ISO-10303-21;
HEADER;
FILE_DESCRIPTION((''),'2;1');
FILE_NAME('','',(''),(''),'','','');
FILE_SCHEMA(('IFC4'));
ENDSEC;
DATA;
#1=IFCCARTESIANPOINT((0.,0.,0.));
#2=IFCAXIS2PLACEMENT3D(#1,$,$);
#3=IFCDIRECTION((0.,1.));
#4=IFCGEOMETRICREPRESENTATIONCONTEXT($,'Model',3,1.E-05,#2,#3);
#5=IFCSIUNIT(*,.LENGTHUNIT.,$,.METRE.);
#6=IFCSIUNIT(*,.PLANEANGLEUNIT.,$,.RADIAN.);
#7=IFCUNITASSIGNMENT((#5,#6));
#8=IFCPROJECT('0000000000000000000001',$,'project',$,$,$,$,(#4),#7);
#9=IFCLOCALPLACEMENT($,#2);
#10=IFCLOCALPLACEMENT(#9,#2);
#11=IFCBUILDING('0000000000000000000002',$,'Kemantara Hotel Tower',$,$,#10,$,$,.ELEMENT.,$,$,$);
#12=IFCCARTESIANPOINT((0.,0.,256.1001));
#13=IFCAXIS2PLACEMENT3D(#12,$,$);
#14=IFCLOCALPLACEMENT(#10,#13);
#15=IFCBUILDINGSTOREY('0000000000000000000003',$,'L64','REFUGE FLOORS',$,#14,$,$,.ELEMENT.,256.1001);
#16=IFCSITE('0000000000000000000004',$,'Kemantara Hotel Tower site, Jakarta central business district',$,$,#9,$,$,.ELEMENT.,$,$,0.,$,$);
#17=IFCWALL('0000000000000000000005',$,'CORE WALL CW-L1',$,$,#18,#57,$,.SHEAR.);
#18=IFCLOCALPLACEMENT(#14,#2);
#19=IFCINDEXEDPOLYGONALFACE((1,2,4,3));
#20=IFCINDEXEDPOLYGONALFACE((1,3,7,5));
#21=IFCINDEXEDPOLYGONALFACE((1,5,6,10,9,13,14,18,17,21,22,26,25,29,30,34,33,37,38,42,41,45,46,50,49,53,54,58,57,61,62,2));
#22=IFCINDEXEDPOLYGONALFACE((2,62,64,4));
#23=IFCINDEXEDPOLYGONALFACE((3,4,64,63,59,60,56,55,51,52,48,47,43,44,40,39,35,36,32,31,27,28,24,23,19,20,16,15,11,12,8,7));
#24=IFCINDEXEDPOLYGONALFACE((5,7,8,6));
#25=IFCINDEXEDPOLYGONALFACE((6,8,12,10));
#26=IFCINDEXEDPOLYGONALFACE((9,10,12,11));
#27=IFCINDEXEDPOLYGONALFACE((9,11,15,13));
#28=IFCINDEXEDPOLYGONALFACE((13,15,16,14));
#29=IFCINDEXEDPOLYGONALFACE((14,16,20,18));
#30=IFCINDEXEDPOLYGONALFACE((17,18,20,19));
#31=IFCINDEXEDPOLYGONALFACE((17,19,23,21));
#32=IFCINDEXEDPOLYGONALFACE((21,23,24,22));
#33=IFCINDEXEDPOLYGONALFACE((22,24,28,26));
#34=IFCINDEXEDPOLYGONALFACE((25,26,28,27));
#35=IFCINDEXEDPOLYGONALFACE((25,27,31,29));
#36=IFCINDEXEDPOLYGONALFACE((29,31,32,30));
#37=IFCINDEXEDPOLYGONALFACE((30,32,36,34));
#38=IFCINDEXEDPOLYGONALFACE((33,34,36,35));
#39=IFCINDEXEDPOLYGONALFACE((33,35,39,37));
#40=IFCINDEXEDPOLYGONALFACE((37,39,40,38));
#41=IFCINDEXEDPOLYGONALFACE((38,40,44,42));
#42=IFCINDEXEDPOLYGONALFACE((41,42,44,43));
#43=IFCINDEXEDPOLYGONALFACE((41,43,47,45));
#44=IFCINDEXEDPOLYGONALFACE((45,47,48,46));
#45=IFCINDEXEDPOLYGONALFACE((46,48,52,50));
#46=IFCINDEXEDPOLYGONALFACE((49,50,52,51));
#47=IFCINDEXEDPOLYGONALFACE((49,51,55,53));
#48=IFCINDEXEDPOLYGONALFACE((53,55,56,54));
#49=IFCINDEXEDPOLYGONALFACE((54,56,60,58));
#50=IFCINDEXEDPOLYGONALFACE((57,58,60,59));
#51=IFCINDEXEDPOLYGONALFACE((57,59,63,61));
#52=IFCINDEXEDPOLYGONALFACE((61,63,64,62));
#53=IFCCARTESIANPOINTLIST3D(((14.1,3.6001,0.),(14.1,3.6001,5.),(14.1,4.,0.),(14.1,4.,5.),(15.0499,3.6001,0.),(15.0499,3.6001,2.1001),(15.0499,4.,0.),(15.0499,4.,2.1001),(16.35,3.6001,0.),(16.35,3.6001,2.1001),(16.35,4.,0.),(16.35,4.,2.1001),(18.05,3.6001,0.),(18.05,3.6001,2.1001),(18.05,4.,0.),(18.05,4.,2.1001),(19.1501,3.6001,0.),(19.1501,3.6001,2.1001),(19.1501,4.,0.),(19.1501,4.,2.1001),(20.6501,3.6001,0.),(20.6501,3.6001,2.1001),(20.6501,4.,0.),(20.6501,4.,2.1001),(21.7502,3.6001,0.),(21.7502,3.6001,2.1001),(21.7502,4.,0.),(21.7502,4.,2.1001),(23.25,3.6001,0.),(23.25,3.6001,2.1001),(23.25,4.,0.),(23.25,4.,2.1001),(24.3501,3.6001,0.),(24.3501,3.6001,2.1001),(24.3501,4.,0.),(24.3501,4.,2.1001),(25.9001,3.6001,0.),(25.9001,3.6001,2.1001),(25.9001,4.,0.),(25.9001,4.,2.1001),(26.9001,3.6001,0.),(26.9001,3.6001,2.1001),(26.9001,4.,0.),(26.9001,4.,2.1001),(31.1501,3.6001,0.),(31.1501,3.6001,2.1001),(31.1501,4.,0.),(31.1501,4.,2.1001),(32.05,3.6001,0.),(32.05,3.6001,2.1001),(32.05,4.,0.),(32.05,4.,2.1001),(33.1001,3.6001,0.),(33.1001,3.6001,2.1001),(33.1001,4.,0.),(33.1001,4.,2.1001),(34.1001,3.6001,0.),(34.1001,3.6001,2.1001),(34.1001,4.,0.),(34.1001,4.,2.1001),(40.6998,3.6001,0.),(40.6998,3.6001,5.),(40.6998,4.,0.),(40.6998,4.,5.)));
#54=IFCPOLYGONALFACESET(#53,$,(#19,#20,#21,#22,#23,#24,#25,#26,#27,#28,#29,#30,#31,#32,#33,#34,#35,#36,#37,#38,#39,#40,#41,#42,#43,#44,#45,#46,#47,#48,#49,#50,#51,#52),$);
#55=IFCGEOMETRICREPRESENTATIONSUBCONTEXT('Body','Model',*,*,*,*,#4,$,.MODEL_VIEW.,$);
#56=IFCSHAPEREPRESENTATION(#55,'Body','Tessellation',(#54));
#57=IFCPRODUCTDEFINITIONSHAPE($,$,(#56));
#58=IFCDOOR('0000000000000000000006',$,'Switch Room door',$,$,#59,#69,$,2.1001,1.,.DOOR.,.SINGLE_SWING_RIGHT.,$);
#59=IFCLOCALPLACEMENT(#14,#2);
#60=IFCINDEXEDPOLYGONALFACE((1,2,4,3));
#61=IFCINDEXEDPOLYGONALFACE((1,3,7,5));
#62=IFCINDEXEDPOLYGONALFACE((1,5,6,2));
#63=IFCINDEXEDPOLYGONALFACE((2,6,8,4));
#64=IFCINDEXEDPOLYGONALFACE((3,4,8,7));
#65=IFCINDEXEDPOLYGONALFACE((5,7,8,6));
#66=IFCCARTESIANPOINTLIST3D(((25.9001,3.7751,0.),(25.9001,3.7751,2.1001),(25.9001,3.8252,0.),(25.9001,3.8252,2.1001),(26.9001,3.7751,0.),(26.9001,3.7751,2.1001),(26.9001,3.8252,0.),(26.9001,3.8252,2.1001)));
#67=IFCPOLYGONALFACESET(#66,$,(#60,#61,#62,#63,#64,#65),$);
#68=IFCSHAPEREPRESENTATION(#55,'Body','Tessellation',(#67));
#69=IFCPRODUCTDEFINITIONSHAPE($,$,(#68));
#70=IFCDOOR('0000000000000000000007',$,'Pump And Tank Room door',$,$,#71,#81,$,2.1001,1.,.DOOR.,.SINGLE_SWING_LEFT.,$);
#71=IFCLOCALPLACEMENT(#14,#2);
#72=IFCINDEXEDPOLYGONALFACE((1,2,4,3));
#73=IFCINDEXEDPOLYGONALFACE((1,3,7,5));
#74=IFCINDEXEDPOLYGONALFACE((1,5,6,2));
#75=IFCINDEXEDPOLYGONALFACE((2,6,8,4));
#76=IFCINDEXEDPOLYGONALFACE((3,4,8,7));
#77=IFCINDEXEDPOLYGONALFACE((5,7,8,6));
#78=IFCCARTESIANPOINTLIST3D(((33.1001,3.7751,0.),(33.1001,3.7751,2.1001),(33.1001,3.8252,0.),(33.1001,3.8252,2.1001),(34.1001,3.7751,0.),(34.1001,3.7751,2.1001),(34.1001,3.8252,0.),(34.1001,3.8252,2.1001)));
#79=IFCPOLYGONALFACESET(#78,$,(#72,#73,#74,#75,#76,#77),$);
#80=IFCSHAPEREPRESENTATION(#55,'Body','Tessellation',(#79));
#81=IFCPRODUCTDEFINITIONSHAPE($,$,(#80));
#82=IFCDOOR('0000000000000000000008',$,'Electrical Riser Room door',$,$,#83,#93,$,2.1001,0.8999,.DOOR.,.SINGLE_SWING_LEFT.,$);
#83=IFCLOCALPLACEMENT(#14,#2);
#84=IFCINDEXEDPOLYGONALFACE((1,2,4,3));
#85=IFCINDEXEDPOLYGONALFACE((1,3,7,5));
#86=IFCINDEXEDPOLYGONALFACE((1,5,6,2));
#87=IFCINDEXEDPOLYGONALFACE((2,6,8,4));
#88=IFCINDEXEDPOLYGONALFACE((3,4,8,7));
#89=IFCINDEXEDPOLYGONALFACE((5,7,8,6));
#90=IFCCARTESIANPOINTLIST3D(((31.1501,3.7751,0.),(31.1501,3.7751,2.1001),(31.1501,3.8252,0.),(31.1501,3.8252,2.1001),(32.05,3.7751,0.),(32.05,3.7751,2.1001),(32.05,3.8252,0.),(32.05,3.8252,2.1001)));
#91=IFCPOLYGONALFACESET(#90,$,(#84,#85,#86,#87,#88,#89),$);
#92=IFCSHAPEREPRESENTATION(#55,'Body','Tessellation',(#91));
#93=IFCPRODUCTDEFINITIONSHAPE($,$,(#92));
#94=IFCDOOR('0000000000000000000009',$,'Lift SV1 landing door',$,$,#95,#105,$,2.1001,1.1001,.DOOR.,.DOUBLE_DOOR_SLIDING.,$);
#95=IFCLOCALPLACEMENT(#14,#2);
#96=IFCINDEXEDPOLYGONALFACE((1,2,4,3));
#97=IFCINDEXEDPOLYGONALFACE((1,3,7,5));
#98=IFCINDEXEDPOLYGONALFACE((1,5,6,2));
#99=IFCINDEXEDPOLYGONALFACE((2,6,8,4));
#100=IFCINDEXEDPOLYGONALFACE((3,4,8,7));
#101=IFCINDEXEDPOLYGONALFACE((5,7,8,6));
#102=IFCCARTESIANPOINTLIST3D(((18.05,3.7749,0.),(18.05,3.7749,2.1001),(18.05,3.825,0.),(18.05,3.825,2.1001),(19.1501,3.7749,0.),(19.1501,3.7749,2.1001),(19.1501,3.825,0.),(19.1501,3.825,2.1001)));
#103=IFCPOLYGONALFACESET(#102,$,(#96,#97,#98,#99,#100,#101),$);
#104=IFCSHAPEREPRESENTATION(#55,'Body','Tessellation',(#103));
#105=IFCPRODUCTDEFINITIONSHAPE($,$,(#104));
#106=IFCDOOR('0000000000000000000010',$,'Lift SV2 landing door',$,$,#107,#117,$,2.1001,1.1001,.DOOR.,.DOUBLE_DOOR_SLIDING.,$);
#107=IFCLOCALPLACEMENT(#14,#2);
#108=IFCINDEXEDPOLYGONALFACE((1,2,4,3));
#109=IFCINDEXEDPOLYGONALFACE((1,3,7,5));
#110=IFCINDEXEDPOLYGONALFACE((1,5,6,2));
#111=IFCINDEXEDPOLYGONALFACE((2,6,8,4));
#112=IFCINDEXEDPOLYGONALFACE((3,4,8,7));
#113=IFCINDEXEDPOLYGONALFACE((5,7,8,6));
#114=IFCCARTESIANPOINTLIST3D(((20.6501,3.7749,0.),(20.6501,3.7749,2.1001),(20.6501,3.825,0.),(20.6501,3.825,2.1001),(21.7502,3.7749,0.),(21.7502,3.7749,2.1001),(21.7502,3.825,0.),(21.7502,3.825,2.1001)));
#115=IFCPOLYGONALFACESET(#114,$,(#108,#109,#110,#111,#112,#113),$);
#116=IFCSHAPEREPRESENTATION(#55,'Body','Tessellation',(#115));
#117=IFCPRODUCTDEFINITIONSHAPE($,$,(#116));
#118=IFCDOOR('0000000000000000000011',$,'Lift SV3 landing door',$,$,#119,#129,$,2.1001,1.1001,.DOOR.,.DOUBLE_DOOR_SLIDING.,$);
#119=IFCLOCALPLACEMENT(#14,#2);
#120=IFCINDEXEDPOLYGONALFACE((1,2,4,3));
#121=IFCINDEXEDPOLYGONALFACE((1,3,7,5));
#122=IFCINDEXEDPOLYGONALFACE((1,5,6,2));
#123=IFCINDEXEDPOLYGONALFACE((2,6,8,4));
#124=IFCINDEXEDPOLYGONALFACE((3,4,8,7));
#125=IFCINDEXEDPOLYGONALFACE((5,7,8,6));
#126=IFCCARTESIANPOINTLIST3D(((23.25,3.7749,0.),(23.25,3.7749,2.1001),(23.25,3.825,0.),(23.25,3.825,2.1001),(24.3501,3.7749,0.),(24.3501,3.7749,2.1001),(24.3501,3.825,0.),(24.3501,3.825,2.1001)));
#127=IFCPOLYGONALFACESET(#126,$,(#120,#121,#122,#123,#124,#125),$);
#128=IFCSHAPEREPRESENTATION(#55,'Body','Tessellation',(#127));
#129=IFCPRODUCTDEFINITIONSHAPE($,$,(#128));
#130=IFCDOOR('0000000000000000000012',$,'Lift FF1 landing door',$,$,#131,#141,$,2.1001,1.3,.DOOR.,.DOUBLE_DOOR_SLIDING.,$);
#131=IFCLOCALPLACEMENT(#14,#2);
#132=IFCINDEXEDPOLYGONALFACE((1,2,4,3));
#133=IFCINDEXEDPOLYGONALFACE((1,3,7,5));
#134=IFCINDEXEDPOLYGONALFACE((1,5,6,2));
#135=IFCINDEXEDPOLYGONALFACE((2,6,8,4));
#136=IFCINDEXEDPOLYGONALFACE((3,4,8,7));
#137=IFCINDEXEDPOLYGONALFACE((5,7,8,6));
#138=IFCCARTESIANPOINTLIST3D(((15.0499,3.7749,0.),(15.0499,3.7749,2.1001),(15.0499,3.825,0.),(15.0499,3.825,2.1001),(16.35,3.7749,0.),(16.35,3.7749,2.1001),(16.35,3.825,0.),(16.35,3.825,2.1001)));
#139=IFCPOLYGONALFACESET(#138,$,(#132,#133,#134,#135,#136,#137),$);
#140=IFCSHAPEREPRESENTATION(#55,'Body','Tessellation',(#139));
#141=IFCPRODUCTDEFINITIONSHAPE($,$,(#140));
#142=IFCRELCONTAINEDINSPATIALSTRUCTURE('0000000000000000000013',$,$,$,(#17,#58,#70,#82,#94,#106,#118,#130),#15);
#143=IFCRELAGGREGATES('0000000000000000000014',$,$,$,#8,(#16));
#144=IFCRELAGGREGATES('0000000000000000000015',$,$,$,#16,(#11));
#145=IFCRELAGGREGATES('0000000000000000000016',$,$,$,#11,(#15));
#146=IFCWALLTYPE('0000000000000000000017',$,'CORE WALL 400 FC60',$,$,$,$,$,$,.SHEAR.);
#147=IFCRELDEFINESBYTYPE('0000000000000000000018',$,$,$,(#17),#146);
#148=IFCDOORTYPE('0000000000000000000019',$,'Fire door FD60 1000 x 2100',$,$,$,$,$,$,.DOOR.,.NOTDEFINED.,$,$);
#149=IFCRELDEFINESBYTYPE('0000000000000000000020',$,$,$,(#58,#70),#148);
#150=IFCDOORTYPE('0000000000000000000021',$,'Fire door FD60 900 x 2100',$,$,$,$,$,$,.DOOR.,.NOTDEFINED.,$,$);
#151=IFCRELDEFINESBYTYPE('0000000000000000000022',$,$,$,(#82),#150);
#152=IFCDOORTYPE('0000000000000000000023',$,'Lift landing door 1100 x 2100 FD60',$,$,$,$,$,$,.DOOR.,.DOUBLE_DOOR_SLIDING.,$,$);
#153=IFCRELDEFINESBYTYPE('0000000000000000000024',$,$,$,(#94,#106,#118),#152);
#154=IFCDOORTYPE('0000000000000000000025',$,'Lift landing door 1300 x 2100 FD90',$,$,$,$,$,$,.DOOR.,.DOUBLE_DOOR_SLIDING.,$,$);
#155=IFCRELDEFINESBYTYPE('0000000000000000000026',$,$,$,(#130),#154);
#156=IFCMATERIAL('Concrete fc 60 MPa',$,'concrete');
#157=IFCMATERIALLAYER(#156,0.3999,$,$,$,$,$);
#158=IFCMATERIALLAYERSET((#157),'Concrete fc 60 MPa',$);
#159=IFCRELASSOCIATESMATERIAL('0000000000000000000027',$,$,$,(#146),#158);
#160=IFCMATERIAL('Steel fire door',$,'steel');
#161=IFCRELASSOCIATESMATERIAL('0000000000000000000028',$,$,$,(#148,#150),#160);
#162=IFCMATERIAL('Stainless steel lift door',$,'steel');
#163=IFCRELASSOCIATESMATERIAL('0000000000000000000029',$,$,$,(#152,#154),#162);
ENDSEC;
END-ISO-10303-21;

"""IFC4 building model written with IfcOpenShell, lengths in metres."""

from ifc_helpers import new_model, si_unit, direction, frame, frame_2d, origin, place, context, subcontext, project, spatial, rectangle, extrude, material, layer, layer_set, type_object, element, fill, save


model = new_model("IFC4")

# Units and contexts
model_context = context("Model", 3, precision=1e-05, world=origin(), true_north=direction((0.0, 1.0)))
body_context = subcontext(model_context, "Body", "Model", "MODEL_VIEW")
ifc_project = project(units=[si_unit("LENGTHUNIT", "METRE"), si_unit("PLANEANGLEUNIT", "RADIAN")], contexts=[model_context])

# Site, building, storey
site_placement = place(None, origin())
site = spatial("IfcSite", under=ifc_project, at=site_placement, Name="Kemantara Hotel Tower site, Jakarta central business district", CompositionType="ELEMENT", RefElevation=0.0)
building_placement = place(site_placement, origin())
building = spatial("IfcBuilding", under=site, at=building_placement, Name="Kemantara Hotel Tower", CompositionType="ELEMENT")
storey_placement = place(building_placement, frame((0.0, 0.0, 256.1001)))
storey = spatial("IfcBuildingStorey", under=building, at=storey_placement, Name="L64", Description="REFUGE FLOORS", CompositionType="ELEMENT", Elevation=256.1001)

# Shared definitions
ifc_material_1 = material(Name="Concrete fc 60 MPa", Category="concrete")

# Wall, openings, doors
ifc_layer_1 = layer(ifc_material_1, 0.3999)
ifc_layer_set_1 = layer_set([ifc_layer_1], Name="Concrete fc 60 MPa")
wall_type_1 = type_object("IfcWallType", Name="CORE WALL 400 FC60", PredefinedType="SHEAR", material=ifc_layer_set_1)
ifc_material_2 = material(Name="Steel fire door", Category="steel")
door_type_1 = type_object("IfcDoorType", Name="Fire door FD60 1000 x 2100", OperationType="NOTDEFINED", PredefinedType="DOOR", material=ifc_material_2)
wall_1_placement = place(storey_placement, frame((14.1001, 3.8, 0.0), z_axis=(0.0, 0.0, 1.0), x_axis=(1.0, 0.0, 0.0)))
wall_1 = element("IfcWall", 1, at=wall_1_placement, inside=storey, type_object=wall_type_1, Name="CORE WALL CW-L1", PredefinedType="SHEAR", context=body_context, shape_type="SweptSolid", body=[
    extrude(rectangle(XDim=26.5999, YDim=0.3999, at=frame_2d((13.2998, 0.0))), origin(), (0.0, 0.0, 1.0), 5.0),
])
opening_1_placement = place(wall_1_placement, frame((0.95, 0.0, 0.0)))
opening_1 = element("IfcOpeningElement", 2, at=opening_1_placement, cuts=wall_1, PredefinedType="OPENING", context=body_context, shape_type="SweptSolid", body=[
    extrude(rectangle(XDim=1.3, YDim=2.1001, at=frame_2d((0.6499, 1.05))), frame((0.0, 0.21, 0.0), z_axis=(0.0, -1.0, 0.0), x_axis=(1.0, 0.0, 0.0)), (0.0, 0.0, 1.0), 0.4199),
])
opening_2_placement = place(wall_1_placement, frame((3.95, 0.0, 0.0)))
opening_2 = element("IfcOpeningElement", 3, at=opening_2_placement, cuts=wall_1, PredefinedType="OPENING", context=body_context, shape_type="SweptSolid", body=[
    extrude(rectangle(XDim=1.1001, YDim=2.1001, at=frame_2d((0.55, 1.05))), frame((0.0, 0.21, 0.0), z_axis=(0.0, -1.0, 0.0), x_axis=(1.0, 0.0, 0.0)), (0.0, 0.0, 1.0), 0.4199),
])
opening_3_placement = place(wall_1_placement, frame((6.55, 0.0, 0.0)))
opening_3 = element("IfcOpeningElement", 4, at=opening_3_placement, cuts=wall_1, PredefinedType="OPENING", context=body_context, shape_type="SweptSolid", body=[
    extrude(rectangle(XDim=1.1001, YDim=2.1001, at=frame_2d((0.55, 1.05))), frame((0.0, 0.21, 0.0), z_axis=(0.0, -1.0, 0.0), x_axis=(1.0, 0.0, 0.0)), (0.0, 0.0, 1.0), 0.4199),
])
opening_4_placement = place(wall_1_placement, frame((9.1499, 0.0, 0.0)))
opening_4 = element("IfcOpeningElement", 5, at=opening_4_placement, cuts=wall_1, PredefinedType="OPENING", context=body_context, shape_type="SweptSolid", body=[
    extrude(rectangle(XDim=1.1001, YDim=2.1001, at=frame_2d((0.55, 1.05))), frame((0.0, 0.21, 0.0), z_axis=(0.0, -1.0, 0.0), x_axis=(1.0, 0.0, 0.0)), (0.0, 0.0, 1.0), 0.4199),
])
opening_5_placement = place(wall_1_placement, frame((11.8, 0.0, 0.0)))
opening_5 = element("IfcOpeningElement", 6, at=opening_5_placement, cuts=wall_1, PredefinedType="OPENING", context=body_context, shape_type="SweptSolid", body=[
    extrude(rectangle(XDim=1.0, YDim=2.1001, at=frame_2d((0.5, 1.05))), frame((0.0, 0.21, 0.0), z_axis=(0.0, -1.0, 0.0), x_axis=(1.0, 0.0, 0.0)), (0.0, 0.0, 1.0), 0.4199),
])
opening_6_placement = place(wall_1_placement, frame((17.05, 0.0, 0.0)))
opening_6 = element("IfcOpeningElement", 7, at=opening_6_placement, cuts=wall_1, PredefinedType="OPENING", context=body_context, shape_type="SweptSolid", body=[
    extrude(rectangle(XDim=0.8999, YDim=2.1001, at=frame_2d((0.45, 1.05))), frame((0.0, 0.21, 0.0), z_axis=(0.0, -1.0, 0.0), x_axis=(1.0, 0.0, 0.0)), (0.0, 0.0, 1.0), 0.4199),
])
opening_7_placement = place(wall_1_placement, frame((19.0, 0.0, 0.0)))
opening_7 = element("IfcOpeningElement", 8, at=opening_7_placement, cuts=wall_1, PredefinedType="OPENING", context=body_context, shape_type="SweptSolid", body=[
    extrude(rectangle(XDim=1.0, YDim=2.1001, at=frame_2d((0.5, 1.05))), frame((0.0, 0.21, 0.0), z_axis=(0.0, -1.0, 0.0), x_axis=(1.0, 0.0, 0.0)), (0.0, 0.0, 1.0), 0.4199),
])
door_1_placement = place(opening_5_placement, frame((1.0, 0.0, 0.0), z_axis=(0.0, 0.0, 1.0), x_axis=(-1.0, 0.0, 0.0)))
door_1 = element("IfcDoor", 9, at=door_1_placement, inside=storey, type_object=door_type_1, Name="Switch Room door", OperationType="SINGLE_SWING_RIGHT", OverallHeight=2.1001, OverallWidth=1.0, PredefinedType="DOOR", context=body_context, shape_type="SweptSolid", body=[
    extrude(rectangle(XDim=1.0, YDim=2.1001, at=frame_2d((0.5, 1.05))), frame((0.0, 0.0249, 0.0), z_axis=(0.0, -1.0, 0.0), x_axis=(1.0, 0.0, 0.0)), (0.0, 0.0, 1.0), 0.05),
])
fill(opening_5, door_1)
door_2_placement = place(opening_7_placement, frame((1.0, 0.0, 0.0), z_axis=(0.0, 0.0, 1.0), x_axis=(-1.0, 0.0, 0.0)))
door_2 = element("IfcDoor", 10, at=door_2_placement, inside=storey, type_object=door_type_1, Name="Pump And Tank Room door", OperationType="SINGLE_SWING_LEFT", OverallHeight=2.1001, OverallWidth=1.0, PredefinedType="DOOR", context=body_context, shape_type="SweptSolid", body=[
    extrude(rectangle(XDim=1.0, YDim=2.1001, at=frame_2d((0.5, 1.05))), frame((0.0, 0.0249, 0.0), z_axis=(0.0, -1.0, 0.0), x_axis=(1.0, 0.0, 0.0)), (0.0, 0.0, 1.0), 0.05),
])
fill(opening_7, door_2)
door_type_2 = type_object("IfcDoorType", Name="Fire door FD60 900 x 2100", OperationType="NOTDEFINED", PredefinedType="DOOR", material=ifc_material_2)
door_3_placement = place(opening_6_placement, frame((0.8999, 0.0, 0.0), z_axis=(0.0, 0.0, 1.0), x_axis=(-1.0, 0.0, 0.0)))
door_3 = element("IfcDoor", 11, at=door_3_placement, inside=storey, type_object=door_type_2, Name="Electrical Riser Room door", OperationType="SINGLE_SWING_LEFT", OverallHeight=2.1001, OverallWidth=0.8999, PredefinedType="DOOR", context=body_context, shape_type="SweptSolid", body=[
    extrude(rectangle(XDim=0.8999, YDim=2.1001, at=frame_2d((0.45, 1.05))), frame((0.0, 0.0249, 0.0), z_axis=(0.0, -1.0, 0.0), x_axis=(1.0, 0.0, 0.0)), (0.0, 0.0, 1.0), 0.05),
])
fill(opening_6, door_3)
ifc_material_3 = material(Name="Stainless steel lift door", Category="steel")
door_type_3 = type_object("IfcDoorType", Name="Lift landing door 1100 x 2100 FD60", OperationType="DOUBLE_DOOR_SLIDING", PredefinedType="DOOR", material=ifc_material_3)
door_4_placement = place(opening_2_placement, origin())
door_4 = element("IfcDoor", 12, at=door_4_placement, inside=storey, type_object=door_type_3, Name="Lift SV1 landing door", OperationType="DOUBLE_DOOR_SLIDING", OverallHeight=2.1001, OverallWidth=1.1001, PredefinedType="DOOR", context=body_context, shape_type="SweptSolid", body=[
    extrude(rectangle(XDim=1.1001, YDim=2.1001, at=frame_2d((0.55, 1.05))), frame((0.0, 0.0249, 0.0), z_axis=(0.0, -1.0, 0.0), x_axis=(1.0, 0.0, 0.0)), (0.0, 0.0, 1.0), 0.05),
])
fill(opening_2, door_4)
door_5_placement = place(opening_3_placement, origin())
door_5 = element("IfcDoor", 13, at=door_5_placement, inside=storey, type_object=door_type_3, Name="Lift SV2 landing door", OperationType="DOUBLE_DOOR_SLIDING", OverallHeight=2.1001, OverallWidth=1.1001, PredefinedType="DOOR", context=body_context, shape_type="SweptSolid", body=[
    extrude(rectangle(XDim=1.1001, YDim=2.1001, at=frame_2d((0.55, 1.05))), frame((0.0, 0.0249, 0.0), z_axis=(0.0, -1.0, 0.0), x_axis=(1.0, 0.0, 0.0)), (0.0, 0.0, 1.0), 0.05),
])
fill(opening_3, door_5)
door_6_placement = place(opening_4_placement, origin())
door_6 = element("IfcDoor", 14, at=door_6_placement, inside=storey, type_object=door_type_3, Name="Lift SV3 landing door", OperationType="DOUBLE_DOOR_SLIDING", OverallHeight=2.1001, OverallWidth=1.1001, PredefinedType="DOOR", context=body_context, shape_type="SweptSolid", body=[
    extrude(rectangle(XDim=1.1001, YDim=2.1001, at=frame_2d((0.55, 1.05))), frame((0.0, 0.0249, 0.0), z_axis=(0.0, -1.0, 0.0), x_axis=(1.0, 0.0, 0.0)), (0.0, 0.0, 1.0), 0.05),
])
fill(opening_4, door_6)
door_type_4 = type_object("IfcDoorType", Name="Lift landing door 1300 x 2100 FD90", OperationType="DOUBLE_DOOR_SLIDING", PredefinedType="DOOR", material=ifc_material_3)
door_7_placement = place(opening_1_placement, origin())
door_7 = element("IfcDoor", 15, at=door_7_placement, inside=storey, type_object=door_type_4, Name="Lift FF1 landing door", OperationType="DOUBLE_DOOR_SLIDING", OverallHeight=2.1001, OverallWidth=1.3, PredefinedType="DOOR", context=body_context, shape_type="SweptSolid", body=[
    extrude(rectangle(XDim=1.3, YDim=2.1001, at=frame_2d((0.6499, 1.05))), frame((0.0, 0.0249, 0.0), z_axis=(0.0, -1.0, 0.0), x_axis=(1.0, 0.0, 0.0)), (0.0, 0.0, 1.0), 0.05),
])
fill(opening_1, door_7)

save(model, "model.ifc")
